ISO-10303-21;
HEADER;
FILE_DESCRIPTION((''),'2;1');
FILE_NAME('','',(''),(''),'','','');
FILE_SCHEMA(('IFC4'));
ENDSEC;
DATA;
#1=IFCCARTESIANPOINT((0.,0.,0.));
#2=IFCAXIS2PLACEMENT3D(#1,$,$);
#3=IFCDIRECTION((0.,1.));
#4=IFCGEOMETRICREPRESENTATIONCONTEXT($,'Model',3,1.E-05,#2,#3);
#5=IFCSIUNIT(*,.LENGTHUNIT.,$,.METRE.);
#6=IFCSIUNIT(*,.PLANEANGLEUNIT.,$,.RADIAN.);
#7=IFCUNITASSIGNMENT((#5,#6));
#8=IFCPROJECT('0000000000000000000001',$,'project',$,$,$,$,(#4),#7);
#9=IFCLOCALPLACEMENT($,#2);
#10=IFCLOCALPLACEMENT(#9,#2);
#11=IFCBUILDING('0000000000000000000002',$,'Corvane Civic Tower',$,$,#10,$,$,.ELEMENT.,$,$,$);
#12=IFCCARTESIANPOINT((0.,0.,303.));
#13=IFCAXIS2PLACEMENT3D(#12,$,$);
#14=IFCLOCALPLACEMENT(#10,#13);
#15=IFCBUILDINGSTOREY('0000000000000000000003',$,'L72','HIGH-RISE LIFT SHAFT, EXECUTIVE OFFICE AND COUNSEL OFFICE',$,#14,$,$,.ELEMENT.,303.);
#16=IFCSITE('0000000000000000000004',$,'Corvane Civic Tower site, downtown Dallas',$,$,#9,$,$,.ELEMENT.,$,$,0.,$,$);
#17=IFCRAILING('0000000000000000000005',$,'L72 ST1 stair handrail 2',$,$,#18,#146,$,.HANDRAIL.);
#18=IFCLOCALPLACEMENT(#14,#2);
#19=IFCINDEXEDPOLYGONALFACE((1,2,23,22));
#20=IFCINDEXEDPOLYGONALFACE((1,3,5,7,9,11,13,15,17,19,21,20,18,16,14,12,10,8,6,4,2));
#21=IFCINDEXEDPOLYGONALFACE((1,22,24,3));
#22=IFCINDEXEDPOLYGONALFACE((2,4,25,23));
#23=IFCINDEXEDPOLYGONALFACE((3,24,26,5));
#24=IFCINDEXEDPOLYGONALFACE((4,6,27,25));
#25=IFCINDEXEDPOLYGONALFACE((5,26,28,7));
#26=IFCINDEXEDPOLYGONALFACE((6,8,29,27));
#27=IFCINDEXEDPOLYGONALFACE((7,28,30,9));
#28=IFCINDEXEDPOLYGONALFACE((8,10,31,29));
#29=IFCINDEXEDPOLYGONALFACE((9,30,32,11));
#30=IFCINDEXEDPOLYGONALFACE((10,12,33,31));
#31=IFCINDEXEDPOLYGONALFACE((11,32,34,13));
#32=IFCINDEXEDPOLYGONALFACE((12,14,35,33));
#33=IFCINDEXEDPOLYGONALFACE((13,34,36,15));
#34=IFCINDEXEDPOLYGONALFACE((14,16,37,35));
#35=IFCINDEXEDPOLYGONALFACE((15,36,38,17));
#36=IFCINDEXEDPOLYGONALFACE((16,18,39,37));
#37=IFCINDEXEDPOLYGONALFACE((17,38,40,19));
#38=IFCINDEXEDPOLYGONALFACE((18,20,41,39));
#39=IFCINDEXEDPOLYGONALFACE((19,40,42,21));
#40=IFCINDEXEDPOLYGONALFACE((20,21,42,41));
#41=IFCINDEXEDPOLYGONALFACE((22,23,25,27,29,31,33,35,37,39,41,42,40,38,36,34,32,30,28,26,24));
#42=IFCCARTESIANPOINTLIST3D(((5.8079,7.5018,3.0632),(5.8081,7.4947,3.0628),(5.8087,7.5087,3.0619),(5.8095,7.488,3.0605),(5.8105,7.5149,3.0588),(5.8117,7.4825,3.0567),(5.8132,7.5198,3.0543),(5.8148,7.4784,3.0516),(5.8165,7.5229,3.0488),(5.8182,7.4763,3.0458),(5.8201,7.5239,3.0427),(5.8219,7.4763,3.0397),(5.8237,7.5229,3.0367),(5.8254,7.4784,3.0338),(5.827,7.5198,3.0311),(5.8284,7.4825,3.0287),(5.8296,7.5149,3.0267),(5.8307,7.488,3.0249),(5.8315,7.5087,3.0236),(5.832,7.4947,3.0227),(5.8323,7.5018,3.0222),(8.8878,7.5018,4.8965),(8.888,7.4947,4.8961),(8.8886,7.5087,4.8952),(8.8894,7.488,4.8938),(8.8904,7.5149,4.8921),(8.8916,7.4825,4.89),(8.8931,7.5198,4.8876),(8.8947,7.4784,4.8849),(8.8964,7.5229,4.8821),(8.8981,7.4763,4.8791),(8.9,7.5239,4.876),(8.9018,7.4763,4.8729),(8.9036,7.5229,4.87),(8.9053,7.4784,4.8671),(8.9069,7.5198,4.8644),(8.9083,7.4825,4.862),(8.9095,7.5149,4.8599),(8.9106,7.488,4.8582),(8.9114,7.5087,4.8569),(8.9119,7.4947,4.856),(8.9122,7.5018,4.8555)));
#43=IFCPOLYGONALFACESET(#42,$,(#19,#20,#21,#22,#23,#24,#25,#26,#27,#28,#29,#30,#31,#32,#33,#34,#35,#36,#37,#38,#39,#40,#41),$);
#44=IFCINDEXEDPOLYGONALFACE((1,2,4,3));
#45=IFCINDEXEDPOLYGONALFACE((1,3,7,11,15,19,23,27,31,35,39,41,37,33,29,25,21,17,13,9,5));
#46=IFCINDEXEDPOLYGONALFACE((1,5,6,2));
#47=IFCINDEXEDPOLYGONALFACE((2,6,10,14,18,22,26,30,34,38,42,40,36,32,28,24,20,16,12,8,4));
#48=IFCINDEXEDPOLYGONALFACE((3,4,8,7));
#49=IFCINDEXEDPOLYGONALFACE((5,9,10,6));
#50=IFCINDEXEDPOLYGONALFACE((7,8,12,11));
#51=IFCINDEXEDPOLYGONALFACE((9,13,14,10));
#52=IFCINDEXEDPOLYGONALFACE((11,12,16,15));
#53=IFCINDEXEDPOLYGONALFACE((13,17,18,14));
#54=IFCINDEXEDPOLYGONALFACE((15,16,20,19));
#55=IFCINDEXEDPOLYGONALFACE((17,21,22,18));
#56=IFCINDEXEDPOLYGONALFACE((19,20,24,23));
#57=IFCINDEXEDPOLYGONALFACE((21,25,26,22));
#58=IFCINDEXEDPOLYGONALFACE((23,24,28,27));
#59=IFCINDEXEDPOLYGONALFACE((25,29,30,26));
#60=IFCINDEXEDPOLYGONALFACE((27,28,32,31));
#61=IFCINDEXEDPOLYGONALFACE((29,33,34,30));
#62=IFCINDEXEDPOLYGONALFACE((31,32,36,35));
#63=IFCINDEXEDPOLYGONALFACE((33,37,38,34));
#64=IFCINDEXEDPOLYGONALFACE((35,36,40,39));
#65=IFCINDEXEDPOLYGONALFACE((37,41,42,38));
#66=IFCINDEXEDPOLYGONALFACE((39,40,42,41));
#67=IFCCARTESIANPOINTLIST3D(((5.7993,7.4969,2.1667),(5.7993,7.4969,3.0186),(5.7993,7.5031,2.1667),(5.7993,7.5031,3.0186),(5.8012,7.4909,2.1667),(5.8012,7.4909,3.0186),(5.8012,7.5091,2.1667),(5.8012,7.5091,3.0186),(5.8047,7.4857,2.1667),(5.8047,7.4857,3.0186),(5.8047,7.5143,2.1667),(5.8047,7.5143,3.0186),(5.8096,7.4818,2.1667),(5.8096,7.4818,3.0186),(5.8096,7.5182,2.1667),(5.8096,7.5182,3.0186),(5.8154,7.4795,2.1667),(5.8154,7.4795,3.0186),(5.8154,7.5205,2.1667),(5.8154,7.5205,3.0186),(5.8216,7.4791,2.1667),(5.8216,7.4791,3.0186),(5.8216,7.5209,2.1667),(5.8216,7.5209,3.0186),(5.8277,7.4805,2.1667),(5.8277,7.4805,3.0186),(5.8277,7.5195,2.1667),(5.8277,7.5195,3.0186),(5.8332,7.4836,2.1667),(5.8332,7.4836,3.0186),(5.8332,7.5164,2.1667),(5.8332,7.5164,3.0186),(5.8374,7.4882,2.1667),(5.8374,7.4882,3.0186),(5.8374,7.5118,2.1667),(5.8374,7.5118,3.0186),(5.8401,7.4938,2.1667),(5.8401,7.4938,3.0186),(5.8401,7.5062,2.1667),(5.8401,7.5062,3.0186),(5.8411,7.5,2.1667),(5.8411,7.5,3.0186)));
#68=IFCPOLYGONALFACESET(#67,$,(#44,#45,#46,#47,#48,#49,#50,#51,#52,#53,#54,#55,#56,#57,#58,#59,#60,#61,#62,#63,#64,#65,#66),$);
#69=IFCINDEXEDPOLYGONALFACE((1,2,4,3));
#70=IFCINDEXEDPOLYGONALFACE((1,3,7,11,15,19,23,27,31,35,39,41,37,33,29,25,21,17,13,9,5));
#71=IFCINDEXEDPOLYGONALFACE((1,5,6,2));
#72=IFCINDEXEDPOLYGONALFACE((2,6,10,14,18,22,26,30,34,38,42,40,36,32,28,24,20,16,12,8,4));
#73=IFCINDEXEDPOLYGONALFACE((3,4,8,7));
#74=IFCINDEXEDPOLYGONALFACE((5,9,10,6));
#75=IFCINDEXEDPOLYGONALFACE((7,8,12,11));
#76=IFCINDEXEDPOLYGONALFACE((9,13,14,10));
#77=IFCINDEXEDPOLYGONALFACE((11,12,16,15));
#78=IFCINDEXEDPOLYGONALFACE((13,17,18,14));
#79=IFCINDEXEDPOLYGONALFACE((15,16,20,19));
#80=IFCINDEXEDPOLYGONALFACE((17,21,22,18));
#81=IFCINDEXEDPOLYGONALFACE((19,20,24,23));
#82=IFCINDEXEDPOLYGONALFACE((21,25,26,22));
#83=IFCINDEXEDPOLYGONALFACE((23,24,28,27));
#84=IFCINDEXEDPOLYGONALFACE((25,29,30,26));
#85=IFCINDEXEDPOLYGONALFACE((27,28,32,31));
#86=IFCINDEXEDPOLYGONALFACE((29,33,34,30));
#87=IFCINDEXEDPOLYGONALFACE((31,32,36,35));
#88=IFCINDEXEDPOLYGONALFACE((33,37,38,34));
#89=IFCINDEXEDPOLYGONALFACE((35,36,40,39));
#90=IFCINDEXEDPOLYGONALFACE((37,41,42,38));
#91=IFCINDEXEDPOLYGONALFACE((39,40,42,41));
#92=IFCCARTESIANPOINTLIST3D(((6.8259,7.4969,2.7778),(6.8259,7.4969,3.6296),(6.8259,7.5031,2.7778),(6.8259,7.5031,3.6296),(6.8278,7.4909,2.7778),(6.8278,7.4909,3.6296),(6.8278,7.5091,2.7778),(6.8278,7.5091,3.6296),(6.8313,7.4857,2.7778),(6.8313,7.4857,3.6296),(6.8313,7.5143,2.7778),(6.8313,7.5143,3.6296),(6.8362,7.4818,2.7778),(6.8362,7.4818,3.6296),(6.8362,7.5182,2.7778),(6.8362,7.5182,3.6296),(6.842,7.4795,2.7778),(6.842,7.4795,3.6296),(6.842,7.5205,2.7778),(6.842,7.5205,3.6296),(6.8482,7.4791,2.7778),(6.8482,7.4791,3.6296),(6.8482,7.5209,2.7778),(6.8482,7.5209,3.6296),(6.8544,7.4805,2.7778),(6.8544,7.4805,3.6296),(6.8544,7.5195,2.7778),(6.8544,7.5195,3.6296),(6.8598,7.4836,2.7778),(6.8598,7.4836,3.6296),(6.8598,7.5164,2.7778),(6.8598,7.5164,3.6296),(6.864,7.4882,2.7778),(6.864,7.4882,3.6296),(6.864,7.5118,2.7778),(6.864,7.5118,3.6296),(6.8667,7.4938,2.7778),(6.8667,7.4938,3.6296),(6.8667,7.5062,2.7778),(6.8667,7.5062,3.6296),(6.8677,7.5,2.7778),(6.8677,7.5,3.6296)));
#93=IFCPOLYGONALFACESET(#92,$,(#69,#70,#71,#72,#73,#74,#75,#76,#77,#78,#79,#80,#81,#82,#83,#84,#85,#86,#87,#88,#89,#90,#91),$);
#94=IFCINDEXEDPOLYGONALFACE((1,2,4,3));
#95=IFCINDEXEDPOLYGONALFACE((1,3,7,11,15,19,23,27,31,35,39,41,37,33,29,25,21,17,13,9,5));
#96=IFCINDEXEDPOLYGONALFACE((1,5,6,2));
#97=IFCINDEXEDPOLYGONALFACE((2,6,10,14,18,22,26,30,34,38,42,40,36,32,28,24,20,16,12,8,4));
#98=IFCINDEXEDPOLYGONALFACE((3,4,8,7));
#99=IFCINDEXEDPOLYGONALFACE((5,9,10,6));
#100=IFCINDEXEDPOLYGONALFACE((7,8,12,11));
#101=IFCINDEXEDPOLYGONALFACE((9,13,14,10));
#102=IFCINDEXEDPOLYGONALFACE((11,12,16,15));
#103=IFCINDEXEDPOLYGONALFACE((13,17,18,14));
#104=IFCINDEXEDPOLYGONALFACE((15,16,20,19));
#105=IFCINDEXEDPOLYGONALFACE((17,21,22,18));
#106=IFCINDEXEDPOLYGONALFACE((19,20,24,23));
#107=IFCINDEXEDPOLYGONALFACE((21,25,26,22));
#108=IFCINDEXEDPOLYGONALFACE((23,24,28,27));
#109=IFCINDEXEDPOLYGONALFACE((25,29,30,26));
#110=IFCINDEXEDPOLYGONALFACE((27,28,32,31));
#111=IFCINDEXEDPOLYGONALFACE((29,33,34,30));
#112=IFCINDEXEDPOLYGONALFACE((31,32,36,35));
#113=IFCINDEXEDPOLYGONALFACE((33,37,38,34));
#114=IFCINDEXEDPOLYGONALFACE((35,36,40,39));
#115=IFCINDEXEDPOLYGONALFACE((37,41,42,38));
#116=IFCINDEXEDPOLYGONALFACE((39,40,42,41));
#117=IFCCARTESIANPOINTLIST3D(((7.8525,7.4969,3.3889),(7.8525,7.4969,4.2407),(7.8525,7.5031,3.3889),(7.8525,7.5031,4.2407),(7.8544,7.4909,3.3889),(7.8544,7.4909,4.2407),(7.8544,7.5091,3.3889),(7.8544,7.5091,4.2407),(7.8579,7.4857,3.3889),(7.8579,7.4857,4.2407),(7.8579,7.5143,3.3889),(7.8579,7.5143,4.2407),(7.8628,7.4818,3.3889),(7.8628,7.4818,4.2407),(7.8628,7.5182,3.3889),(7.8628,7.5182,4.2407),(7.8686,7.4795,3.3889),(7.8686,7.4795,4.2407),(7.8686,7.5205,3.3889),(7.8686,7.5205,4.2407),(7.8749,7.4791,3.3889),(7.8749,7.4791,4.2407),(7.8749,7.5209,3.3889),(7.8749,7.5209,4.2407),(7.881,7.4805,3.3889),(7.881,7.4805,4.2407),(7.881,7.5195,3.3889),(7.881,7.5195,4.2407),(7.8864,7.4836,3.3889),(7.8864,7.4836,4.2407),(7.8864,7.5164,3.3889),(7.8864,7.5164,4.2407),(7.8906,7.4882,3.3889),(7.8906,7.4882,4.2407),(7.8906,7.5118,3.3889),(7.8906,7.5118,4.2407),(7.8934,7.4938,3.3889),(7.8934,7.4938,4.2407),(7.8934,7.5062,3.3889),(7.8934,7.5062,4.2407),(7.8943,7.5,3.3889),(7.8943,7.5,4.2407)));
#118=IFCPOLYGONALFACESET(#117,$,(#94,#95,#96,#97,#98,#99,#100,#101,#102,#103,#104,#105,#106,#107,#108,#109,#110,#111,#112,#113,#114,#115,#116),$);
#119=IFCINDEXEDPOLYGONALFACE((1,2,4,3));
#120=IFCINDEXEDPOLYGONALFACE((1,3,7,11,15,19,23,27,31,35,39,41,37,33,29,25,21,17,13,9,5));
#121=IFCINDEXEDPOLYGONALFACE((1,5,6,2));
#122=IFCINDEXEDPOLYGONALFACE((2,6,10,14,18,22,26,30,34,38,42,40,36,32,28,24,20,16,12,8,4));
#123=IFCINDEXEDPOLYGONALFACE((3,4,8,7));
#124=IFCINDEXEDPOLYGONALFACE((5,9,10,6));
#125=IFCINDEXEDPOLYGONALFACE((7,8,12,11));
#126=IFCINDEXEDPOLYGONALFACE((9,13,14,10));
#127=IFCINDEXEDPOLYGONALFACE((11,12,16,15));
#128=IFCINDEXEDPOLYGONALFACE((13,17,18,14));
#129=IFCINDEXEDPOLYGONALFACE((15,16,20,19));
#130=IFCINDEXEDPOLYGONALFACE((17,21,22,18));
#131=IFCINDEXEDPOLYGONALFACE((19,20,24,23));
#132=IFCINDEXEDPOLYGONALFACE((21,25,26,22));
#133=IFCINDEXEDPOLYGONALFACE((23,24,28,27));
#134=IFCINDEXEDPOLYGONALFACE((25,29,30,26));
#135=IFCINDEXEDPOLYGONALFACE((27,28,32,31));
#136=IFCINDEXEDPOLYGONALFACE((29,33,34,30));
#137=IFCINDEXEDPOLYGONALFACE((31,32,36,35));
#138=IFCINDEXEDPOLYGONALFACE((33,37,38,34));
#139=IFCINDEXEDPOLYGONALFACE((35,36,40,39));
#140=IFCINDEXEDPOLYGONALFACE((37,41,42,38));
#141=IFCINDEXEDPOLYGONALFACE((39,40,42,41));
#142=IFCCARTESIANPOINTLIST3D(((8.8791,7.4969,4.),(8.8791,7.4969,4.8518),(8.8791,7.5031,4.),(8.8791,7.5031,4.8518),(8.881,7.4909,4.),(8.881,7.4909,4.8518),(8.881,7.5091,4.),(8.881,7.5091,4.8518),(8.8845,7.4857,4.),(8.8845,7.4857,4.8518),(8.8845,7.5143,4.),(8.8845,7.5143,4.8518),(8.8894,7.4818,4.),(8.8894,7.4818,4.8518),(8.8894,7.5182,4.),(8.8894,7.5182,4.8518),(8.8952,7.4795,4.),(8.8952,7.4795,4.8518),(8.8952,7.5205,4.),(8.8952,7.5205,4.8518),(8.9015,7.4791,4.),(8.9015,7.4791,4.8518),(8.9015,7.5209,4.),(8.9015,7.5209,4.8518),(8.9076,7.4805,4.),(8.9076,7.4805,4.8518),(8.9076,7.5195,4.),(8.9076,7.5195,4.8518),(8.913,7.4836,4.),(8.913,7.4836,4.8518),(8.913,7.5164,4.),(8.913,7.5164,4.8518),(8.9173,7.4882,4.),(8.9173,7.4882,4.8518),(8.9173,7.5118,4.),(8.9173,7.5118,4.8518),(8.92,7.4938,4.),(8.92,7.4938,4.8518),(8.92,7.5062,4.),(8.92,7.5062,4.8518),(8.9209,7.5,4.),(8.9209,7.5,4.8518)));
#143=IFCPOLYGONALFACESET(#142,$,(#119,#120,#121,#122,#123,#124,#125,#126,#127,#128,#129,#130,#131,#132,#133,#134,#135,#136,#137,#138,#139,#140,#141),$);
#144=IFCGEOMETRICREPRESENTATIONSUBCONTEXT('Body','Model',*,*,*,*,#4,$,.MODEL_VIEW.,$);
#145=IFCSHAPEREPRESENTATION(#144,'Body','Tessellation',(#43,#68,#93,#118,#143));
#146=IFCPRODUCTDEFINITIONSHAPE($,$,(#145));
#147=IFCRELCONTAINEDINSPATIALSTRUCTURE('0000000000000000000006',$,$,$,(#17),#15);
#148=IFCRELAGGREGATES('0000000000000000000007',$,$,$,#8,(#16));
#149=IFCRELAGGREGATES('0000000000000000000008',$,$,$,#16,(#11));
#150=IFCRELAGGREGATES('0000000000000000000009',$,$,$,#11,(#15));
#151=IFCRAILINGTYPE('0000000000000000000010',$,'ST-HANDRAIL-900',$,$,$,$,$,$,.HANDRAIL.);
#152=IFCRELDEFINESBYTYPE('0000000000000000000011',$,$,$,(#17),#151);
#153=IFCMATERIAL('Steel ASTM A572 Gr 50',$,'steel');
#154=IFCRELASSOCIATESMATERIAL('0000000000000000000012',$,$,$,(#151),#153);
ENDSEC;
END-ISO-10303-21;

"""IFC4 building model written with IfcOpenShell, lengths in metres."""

from ifc_helpers import new_model, si_unit, direction, frame, origin, origin_2d, place, context, subcontext, project, spatial, circle, extrude, material, type_object, element, save


model = new_model("IFC4")

# Units and contexts
model_context = context("Model", 3, precision=1e-05, world=origin(), true_north=direction((0.0, 1.0)))
body_context = subcontext(model_context, "Body", "Model", "MODEL_VIEW")
ifc_project = project(units=[si_unit("LENGTHUNIT", "METRE"), si_unit("PLANEANGLEUNIT", "RADIAN")], contexts=[model_context])

# Site, building, storey
site_placement = place(None, origin())
site = spatial("IfcSite", under=ifc_project, at=site_placement, Name="Corvane Civic Tower site, downtown Dallas", CompositionType="ELEMENT", RefElevation=0.0)
building_placement = place(site_placement, origin())
building = spatial("IfcBuilding", under=site, at=building_placement, Name="Corvane Civic Tower", CompositionType="ELEMENT")
storey_placement = place(building_placement, frame((0.0, 0.0, 303.0)))
storey = spatial("IfcBuildingStorey", under=building, at=storey_placement, Name="L72", Description="HIGH-RISE LIFT SHAFT, EXECUTIVE OFFICE AND COUNSEL OFFICE", CompositionType="ELEMENT", Elevation=303.0)

# Railing
ifc_material_1 = material(Name="Steel ASTM A572 Gr 50", Category="steel")
railing_type_1 = type_object("IfcRailingType", Name="ST-HANDRAIL-900", PredefinedType="HANDRAIL", material=ifc_material_1)
railing_1_placement = place(storey_placement, frame((5.8201, 7.5, 2.1667)))
element("IfcRailing", 1, at=railing_1_placement, inside=storey, type_object=railing_type_1, Name="L72 ST1 stair handrail 2", PredefinedType="HANDRAIL", context=body_context, shape_type="SweptSolid", body=[
    extrude(circle(Radius=0.0239, at=origin_2d()), frame((0.0, 0.0, 0.876), z_axis=(0.859291, 0.0, 0.511487), x_axis=(0.0, 1.0, 0.0)), (0.0, 0.0, 1.0), 3.5842),
    extrude(circle(Radius=0.021, at=origin_2d()), origin(), (0.0, 0.0, 1.0), 0.8518),
    extrude(circle(Radius=0.021, at=origin_2d()), frame((1.0266, 0.0, 0.6111)), (0.0, 0.0, 1.0), 0.8518),
    extrude(circle(Radius=0.021, at=origin_2d()), frame((2.0532, 0.0, 1.2222)), (0.0, 0.0, 1.0), 0.8518),
    extrude(circle(Radius=0.021, at=origin_2d()), frame((3.0798, 0.0, 1.8333)), (0.0, 0.0, 1.0), 0.8518),
])

save(model, "model.ifc")
